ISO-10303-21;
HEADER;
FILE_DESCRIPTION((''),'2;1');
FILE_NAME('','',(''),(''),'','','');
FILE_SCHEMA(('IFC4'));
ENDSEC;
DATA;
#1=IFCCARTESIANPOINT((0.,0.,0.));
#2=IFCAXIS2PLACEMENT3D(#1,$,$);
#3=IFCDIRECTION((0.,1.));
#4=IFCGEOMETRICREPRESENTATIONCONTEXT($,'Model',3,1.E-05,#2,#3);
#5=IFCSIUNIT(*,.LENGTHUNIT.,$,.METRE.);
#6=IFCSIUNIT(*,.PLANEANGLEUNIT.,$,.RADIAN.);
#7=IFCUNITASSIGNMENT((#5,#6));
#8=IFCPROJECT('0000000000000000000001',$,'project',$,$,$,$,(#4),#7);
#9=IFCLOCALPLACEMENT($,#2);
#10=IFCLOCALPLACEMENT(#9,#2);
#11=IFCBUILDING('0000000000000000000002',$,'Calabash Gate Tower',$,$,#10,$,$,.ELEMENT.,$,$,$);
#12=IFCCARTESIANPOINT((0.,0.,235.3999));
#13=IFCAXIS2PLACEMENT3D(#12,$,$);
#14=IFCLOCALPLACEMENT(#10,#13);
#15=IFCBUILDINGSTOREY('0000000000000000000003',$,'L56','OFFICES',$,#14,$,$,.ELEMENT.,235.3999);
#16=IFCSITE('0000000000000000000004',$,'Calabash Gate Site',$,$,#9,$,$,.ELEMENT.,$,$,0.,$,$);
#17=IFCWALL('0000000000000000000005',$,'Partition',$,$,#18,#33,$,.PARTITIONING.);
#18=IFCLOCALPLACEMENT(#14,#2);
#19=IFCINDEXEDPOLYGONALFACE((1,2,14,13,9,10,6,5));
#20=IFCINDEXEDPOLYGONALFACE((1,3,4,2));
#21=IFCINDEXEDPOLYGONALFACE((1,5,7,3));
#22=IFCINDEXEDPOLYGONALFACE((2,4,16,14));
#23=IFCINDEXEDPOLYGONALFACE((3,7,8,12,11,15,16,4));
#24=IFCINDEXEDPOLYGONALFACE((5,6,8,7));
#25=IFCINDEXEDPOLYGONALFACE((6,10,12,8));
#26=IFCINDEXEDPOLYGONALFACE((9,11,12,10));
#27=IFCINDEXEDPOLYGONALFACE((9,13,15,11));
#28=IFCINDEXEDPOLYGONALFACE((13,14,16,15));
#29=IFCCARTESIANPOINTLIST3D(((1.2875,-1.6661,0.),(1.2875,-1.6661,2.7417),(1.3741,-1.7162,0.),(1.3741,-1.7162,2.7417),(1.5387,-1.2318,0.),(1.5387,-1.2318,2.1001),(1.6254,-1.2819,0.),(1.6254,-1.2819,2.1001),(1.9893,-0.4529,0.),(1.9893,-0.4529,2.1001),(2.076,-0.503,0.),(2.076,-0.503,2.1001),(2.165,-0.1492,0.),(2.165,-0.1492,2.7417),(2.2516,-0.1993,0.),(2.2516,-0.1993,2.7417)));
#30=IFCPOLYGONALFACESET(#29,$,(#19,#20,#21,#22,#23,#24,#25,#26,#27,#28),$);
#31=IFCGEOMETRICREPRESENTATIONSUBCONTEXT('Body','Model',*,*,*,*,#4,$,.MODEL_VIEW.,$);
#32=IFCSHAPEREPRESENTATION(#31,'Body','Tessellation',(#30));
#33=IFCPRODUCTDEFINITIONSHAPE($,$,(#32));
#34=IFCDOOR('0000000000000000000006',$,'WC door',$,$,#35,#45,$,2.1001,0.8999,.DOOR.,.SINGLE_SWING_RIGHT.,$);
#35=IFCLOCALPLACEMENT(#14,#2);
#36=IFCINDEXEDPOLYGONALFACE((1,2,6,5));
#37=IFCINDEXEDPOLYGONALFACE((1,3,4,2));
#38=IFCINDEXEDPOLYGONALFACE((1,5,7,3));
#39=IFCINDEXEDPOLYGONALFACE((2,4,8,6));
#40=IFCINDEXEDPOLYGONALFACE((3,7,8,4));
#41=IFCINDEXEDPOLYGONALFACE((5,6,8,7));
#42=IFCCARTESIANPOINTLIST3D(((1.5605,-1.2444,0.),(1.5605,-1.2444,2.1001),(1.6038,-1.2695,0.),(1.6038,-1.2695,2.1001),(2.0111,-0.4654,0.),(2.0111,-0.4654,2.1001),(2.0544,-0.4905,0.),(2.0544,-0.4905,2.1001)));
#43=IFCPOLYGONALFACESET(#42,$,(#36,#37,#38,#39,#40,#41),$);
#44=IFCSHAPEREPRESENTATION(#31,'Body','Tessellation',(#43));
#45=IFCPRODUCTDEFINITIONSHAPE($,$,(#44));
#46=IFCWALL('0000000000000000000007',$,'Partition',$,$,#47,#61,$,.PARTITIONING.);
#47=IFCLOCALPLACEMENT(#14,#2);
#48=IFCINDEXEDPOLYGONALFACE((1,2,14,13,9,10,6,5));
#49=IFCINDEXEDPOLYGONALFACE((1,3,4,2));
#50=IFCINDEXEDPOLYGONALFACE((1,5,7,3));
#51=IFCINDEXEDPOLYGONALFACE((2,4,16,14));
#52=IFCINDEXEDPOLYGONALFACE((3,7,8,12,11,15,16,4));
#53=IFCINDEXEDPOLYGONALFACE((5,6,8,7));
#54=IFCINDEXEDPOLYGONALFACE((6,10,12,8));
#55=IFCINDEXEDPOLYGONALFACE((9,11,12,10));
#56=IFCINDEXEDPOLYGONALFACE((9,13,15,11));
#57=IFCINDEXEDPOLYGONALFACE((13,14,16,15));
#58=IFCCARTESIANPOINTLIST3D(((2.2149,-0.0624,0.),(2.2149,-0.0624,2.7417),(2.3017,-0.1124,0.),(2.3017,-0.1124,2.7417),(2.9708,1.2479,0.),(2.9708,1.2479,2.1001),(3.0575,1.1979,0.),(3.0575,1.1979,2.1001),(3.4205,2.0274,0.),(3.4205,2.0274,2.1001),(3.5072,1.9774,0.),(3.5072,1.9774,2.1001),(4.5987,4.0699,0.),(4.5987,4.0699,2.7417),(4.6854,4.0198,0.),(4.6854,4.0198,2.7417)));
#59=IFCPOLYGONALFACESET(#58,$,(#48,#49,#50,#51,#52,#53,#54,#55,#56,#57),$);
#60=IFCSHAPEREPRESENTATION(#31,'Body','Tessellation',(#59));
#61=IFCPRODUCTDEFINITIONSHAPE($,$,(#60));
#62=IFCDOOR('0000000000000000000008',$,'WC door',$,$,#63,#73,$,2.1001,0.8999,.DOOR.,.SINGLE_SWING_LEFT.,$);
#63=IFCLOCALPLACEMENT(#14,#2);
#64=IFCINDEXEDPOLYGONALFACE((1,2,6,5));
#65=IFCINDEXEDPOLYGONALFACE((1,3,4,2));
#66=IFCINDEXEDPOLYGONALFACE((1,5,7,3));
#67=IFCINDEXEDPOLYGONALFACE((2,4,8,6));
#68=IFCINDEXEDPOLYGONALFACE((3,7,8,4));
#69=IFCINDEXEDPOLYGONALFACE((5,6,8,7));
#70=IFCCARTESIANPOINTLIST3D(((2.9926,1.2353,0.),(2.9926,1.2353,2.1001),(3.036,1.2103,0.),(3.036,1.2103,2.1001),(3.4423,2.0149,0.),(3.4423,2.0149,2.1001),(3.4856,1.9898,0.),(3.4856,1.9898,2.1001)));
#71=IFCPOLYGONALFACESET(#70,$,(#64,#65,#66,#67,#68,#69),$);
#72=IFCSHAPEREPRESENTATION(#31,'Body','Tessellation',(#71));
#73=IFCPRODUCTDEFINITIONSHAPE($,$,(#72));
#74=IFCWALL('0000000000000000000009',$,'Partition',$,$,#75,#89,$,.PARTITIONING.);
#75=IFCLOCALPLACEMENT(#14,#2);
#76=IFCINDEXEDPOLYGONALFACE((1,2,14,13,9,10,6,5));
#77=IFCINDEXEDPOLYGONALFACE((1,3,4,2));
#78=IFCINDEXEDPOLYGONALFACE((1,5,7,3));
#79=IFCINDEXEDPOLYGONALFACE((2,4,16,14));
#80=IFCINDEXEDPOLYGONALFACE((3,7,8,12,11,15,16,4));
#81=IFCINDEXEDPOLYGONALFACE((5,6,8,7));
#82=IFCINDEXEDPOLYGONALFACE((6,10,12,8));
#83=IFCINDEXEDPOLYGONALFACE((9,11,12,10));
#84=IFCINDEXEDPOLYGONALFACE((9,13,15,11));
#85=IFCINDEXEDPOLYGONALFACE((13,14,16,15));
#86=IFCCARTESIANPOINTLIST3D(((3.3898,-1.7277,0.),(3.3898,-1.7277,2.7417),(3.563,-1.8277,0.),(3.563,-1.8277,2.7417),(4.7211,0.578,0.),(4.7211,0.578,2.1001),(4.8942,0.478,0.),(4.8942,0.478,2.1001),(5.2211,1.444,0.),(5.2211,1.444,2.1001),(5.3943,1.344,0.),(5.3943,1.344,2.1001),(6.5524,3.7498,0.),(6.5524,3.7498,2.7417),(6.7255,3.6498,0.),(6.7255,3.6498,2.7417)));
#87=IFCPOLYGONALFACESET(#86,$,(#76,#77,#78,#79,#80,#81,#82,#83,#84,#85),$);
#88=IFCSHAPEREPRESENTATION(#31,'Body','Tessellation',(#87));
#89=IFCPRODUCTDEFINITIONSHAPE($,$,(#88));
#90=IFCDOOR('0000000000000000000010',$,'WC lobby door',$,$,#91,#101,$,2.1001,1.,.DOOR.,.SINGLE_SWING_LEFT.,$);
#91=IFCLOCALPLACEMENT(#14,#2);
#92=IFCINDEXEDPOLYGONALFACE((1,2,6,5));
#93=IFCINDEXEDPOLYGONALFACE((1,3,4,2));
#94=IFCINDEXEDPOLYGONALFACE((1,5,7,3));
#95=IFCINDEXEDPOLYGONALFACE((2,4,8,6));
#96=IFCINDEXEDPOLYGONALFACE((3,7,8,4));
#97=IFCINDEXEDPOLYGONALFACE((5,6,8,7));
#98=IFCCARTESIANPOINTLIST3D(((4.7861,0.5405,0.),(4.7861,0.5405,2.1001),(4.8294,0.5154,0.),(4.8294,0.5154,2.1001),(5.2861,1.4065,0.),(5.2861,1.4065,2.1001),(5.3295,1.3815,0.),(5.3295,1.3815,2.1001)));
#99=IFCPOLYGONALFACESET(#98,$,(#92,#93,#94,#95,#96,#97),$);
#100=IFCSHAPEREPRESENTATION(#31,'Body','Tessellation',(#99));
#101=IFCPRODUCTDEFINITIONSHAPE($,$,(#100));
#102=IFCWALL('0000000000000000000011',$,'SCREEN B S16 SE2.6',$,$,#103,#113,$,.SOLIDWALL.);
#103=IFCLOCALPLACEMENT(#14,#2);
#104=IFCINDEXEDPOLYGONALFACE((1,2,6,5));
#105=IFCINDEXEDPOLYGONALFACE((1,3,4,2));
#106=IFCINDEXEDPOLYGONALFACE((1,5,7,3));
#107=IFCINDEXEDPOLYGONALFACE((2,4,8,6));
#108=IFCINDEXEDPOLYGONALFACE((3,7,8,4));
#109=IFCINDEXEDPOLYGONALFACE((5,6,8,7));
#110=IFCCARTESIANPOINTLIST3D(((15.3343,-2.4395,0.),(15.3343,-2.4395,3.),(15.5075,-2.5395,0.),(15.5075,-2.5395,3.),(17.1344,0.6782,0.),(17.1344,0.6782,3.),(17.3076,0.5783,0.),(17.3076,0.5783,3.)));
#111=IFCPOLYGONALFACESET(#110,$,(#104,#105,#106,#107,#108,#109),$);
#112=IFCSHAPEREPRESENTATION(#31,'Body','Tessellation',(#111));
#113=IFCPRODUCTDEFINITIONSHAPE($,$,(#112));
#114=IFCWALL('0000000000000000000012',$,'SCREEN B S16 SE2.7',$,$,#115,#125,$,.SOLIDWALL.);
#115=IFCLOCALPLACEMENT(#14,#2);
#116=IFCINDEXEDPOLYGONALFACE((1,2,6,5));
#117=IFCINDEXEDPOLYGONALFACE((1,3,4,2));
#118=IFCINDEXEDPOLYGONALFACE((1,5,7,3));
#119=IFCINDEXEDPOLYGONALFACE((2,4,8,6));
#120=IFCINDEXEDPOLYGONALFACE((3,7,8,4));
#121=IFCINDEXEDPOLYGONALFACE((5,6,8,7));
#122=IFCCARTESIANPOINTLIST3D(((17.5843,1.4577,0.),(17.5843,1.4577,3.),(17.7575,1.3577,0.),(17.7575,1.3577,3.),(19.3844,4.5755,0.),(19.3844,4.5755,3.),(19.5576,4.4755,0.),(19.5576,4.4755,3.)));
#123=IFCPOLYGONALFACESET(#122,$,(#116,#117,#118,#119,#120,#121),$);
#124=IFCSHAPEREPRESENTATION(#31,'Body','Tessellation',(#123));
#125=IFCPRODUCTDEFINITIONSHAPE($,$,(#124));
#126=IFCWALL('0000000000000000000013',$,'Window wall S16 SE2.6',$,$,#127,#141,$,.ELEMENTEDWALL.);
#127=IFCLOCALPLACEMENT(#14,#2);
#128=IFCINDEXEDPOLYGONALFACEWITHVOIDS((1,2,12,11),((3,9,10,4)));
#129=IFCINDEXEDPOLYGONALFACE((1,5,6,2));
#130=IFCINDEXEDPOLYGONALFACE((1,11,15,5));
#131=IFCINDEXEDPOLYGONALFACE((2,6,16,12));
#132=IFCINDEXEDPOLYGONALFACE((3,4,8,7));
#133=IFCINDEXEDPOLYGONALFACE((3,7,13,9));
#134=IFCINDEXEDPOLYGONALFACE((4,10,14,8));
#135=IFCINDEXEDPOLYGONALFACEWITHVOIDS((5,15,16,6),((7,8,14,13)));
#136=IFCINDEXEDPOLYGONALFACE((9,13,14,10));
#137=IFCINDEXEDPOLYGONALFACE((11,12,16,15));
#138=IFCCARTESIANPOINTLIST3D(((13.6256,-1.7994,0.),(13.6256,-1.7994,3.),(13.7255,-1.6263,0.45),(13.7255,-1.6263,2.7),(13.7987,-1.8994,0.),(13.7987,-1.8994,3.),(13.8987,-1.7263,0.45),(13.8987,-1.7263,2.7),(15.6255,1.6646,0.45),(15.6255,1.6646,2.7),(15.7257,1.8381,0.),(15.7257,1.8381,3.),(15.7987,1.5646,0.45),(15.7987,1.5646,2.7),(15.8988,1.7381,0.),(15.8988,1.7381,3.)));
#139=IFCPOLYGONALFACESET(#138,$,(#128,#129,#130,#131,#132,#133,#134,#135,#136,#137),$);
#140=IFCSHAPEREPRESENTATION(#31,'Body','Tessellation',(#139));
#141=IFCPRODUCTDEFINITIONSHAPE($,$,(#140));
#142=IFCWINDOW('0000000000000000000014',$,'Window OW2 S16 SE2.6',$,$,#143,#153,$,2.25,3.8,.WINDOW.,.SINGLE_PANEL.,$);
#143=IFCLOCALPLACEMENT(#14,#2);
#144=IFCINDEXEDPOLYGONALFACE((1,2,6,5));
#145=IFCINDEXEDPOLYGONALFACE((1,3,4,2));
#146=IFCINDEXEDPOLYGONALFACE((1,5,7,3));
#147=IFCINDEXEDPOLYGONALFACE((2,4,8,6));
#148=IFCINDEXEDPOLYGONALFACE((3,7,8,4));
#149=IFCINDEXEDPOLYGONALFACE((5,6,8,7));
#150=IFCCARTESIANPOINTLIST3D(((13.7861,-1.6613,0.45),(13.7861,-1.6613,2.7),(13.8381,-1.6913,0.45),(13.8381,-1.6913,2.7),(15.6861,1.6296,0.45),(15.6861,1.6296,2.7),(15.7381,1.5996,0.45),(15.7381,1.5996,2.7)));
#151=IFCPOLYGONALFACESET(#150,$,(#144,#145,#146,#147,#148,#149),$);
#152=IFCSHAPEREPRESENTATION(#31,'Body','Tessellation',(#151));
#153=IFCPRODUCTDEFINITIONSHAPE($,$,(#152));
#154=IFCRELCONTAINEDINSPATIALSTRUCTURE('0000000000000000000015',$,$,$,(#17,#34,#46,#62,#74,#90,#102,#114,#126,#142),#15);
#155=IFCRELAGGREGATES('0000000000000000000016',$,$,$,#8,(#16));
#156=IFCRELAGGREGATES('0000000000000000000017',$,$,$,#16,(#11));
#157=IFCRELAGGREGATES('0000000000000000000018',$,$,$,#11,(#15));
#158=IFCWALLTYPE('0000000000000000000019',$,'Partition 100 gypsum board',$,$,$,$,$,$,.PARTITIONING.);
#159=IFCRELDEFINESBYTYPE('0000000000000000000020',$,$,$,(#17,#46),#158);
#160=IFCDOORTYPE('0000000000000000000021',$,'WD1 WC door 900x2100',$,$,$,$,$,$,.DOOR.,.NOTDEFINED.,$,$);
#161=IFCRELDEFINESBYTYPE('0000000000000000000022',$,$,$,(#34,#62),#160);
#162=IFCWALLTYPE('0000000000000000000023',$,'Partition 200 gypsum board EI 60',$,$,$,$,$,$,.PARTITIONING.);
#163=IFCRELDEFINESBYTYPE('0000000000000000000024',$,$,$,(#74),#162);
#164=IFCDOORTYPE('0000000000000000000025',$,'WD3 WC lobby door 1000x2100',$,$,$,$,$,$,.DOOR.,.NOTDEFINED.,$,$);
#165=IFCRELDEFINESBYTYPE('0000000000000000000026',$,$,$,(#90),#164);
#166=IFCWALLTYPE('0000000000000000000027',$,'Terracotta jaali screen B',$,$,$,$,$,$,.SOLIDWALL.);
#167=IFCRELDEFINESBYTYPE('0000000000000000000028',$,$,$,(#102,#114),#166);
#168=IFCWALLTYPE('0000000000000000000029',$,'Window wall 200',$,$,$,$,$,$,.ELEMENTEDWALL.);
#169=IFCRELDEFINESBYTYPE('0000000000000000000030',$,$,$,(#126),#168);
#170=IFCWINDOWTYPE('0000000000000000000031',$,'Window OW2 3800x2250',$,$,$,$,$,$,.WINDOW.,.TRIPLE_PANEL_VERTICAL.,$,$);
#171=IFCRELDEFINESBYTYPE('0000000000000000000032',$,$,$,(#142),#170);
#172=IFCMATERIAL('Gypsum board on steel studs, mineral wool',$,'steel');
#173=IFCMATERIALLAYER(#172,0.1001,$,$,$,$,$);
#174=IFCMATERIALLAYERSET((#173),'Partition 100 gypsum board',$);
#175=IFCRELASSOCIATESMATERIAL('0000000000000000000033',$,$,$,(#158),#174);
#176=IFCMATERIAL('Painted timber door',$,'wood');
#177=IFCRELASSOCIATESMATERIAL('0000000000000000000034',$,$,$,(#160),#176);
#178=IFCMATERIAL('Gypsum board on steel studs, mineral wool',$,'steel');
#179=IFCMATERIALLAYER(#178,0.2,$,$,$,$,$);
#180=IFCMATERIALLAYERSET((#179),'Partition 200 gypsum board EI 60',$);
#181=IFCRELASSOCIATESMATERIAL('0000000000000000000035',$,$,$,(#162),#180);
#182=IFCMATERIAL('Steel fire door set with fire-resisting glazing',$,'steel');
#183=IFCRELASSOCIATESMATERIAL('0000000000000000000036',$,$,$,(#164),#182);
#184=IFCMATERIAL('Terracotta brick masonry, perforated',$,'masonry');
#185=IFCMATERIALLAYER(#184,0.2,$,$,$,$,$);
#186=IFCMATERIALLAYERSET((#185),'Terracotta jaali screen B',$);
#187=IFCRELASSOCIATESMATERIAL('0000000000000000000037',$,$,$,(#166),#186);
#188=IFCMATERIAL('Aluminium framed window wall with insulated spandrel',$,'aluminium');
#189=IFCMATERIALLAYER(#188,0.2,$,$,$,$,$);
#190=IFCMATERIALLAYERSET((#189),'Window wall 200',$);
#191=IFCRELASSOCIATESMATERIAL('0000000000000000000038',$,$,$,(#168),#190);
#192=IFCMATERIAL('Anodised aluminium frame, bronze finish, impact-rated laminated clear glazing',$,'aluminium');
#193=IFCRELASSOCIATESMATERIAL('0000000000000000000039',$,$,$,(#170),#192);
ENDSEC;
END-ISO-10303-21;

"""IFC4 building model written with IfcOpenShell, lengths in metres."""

from ifc_helpers import new_model, si_unit, direction, frame, frame_2d, origin, place, context, subcontext, project, spatial, rectangle, extrude, material, layer, layer_set, type_object, element, fill, save


model = new_model("IFC4")

# Units and contexts
model_context = context("Model", 3, precision=1e-05, world=origin(), true_north=direction((0.0, 1.0)))
body_context = subcontext(model_context, "Body", "Model", "MODEL_VIEW")
ifc_project = project(units=[si_unit("LENGTHUNIT", "METRE"), si_unit("PLANEANGLEUNIT", "RADIAN")], contexts=[model_context])

# Site, building, storey
site_placement = place(None, origin())
site = spatial("IfcSite", under=ifc_project, at=site_placement, Name="Calabash Gate Site", CompositionType="ELEMENT", RefElevation=0.0)
building_placement = place(site_placement, origin())
building = spatial("IfcBuilding", under=site, at=building_placement, Name="Calabash Gate Tower", CompositionType="ELEMENT")
storey_placement = place(building_placement, frame((0.0, 0.0, 235.3999)))
storey = spatial("IfcBuildingStorey", under=building, at=storey_placement, Name="L56", Description="OFFICES", CompositionType="ELEMENT", Elevation=235.3999)

# Walls, openings, doors
ifc_material_1 = material(Name="Gypsum board on steel studs, mineral wool", Category="steel")
ifc_layer_1 = layer(ifc_material_1, 0.1001)
ifc_layer_set_1 = layer_set([ifc_layer_1], Name="Partition 100 gypsum board")
wall_type_1 = type_object("IfcWallType", Name="Partition 100 gypsum board", PredefinedType="PARTITIONING", material=ifc_layer_set_1)
wall_1_placement = place(storey_placement, frame((1.3308, -1.6912, 0.0), z_axis=(0.0, 0.0, 1.0), x_axis=(0.500723, 0.865607, 0.0)))
wall_1 = element("IfcWall", 1, at=wall_1_placement, inside=storey, type_object=wall_type_1, Name="Partition", PredefinedType="PARTITIONING", context=body_context, shape_type="SweptSolid", body=[
    extrude(rectangle(XDim=1.7524, YDim=0.1001, at=frame_2d((0.8762, 0.0))), origin(), (0.0, 0.0, 1.0), 2.7417),
])
opening_1_placement = place(wall_1_placement, frame((0.5017, 0.0, 0.0)))
opening_1 = element("IfcOpeningElement", 2, at=opening_1_placement, cuts=wall_1, PredefinedType="OPENING", context=body_context, shape_type="SweptSolid", body=[
    extrude(rectangle(XDim=0.8999, YDim=2.1001, at=frame_2d((0.45, 1.05))), frame((0.0, 0.0601, 0.0), z_axis=(0.0, -1.0, 0.0), x_axis=(1.0, 0.0, 0.0)), (0.0, 0.0, 1.0), 0.1201),
])
ifc_material_2 = material(Name="Painted timber door", Category="wood")
door_type_1 = type_object("IfcDoorType", Name="WD1 WC door 900x2100", OperationType="NOTDEFINED", PredefinedType="DOOR", material=ifc_material_2)
door_1_placement = place(opening_1_placement, origin())
door_1 = element("IfcDoor", 3, at=door_1_placement, inside=storey, type_object=door_type_1, Name="WC door", OperationType="SINGLE_SWING_RIGHT", OverallHeight=2.1001, OverallWidth=0.8999, PredefinedType="DOOR", context=body_context, shape_type="SweptSolid", body=[
    extrude(rectangle(XDim=0.8999, YDim=2.1001, at=frame_2d((0.45, 1.05))), frame((0.0, 0.0249, 0.0), z_axis=(0.0, -1.0, 0.0), x_axis=(1.0, 0.0, 0.0)), (0.0, 0.0, 1.0), 0.05),
])
fill(opening_1, door_1)
wall_2_placement = place(storey_placement, frame((2.2583, -0.0874, 0.0), z_axis=(0.0, 0.0, 1.0), x_axis=(0.499684, 0.866208, 0.0)))
wall_2 = element("IfcWall", 4, at=wall_2_placement, inside=storey, type_object=wall_type_1, Name="Partition", PredefinedType="PARTITIONING", context=body_context, shape_type="SweptSolid", body=[
    extrude(rectangle(XDim=4.7705, YDim=0.1001, at=frame_2d((2.3853, 0.0))), origin(), (0.0, 0.0, 1.0), 2.7417),
])
opening_2_placement = place(wall_2_placement, frame((1.5127, 0.0, 0.0)))
opening_2 = element("IfcOpeningElement", 5, at=opening_2_placement, cuts=wall_2, PredefinedType="OPENING", context=body_context, shape_type="SweptSolid", body=[
    extrude(rectangle(XDim=0.8999, YDim=2.1001, at=frame_2d((0.45, 1.05))), frame((0.0, 0.0601, 0.0), z_axis=(0.0, -1.0, 0.0), x_axis=(1.0, 0.0, 0.0)), (0.0, 0.0, 1.0), 0.1201),
])
door_2_placement = place(opening_2_placement, origin())
door_2 = element("IfcDoor", 6, at=door_2_placement, inside=storey, type_object=door_type_1, Name="WC door", OperationType="SINGLE_SWING_LEFT", OverallHeight=2.1001, OverallWidth=0.8999, PredefinedType="DOOR", context=body_context, shape_type="SweptSolid", body=[
    extrude(rectangle(XDim=0.8999, YDim=2.1001, at=frame_2d((0.45, 1.05))), frame((0.0, 0.0249, 0.0), z_axis=(0.0, -1.0, 0.0), x_axis=(1.0, 0.0, 0.0)), (0.0, 0.0, 1.0), 0.05),
])
fill(opening_2, door_2)
ifc_material_3 = material(Name="Gypsum board on steel studs, mineral wool", Category="steel")
ifc_layer_2 = layer(ifc_material_3, 0.2)
ifc_layer_set_2 = layer_set([ifc_layer_2], Name="Partition 200 gypsum board EI 60")
wall_type_2 = type_object("IfcWallType", Name="Partition 200 gypsum board EI 60", PredefinedType="PARTITIONING", material=ifc_layer_set_2)
wall_3_placement = place(storey_placement, frame((3.4763, -1.7778, 0.0), z_axis=(0.0, 0.0, 1.0), x_axis=(0.500016, 0.866016, 0.0)))
wall_3 = element("IfcWall", 7, at=wall_3_placement, inside=storey, type_object=wall_type_2, Name="Partition", PredefinedType="PARTITIONING", context=body_context, shape_type="SweptSolid", body=[
    extrude(rectangle(XDim=6.325, YDim=0.2, at=frame_2d((3.1626, 0.0))), origin(), (0.0, 0.0, 1.0), 2.7417),
])
opening_3_placement = place(wall_3_placement, frame((2.6626, 0.0, 0.0)))
opening_3 = element("IfcOpeningElement", 8, at=opening_3_placement, cuts=wall_3, PredefinedType="OPENING", context=body_context, shape_type="SweptSolid", body=[
    extrude(rectangle(XDim=1.0, YDim=2.1001, at=frame_2d((0.5, 1.05))), frame((0.0, 0.1099, 0.0), z_axis=(0.0, -1.0, 0.0), x_axis=(1.0, 0.0, 0.0)), (0.0, 0.0, 1.0), 0.22),
])
ifc_material_4 = material(Name="Steel fire door set with fire-resisting glazing", Category="steel")
door_type_2 = type_object("IfcDoorType", Name="WD3 WC lobby door 1000x2100", OperationType="NOTDEFINED", PredefinedType="DOOR", material=ifc_material_4)
door_3_placement = place(opening_3_placement, origin())
door_3 = element("IfcDoor", 9, at=door_3_placement, inside=storey, type_object=door_type_2, Name="WC lobby door", OperationType="SINGLE_SWING_LEFT", OverallHeight=2.1001, OverallWidth=1.0, PredefinedType="DOOR", context=body_context, shape_type="SweptSolid", body=[
    extrude(rectangle(XDim=1.0, YDim=2.1001, at=frame_2d((0.5, 1.05))), frame((0.0, 0.0249, 0.0), z_axis=(0.0, -1.0, 0.0), x_axis=(1.0, 0.0, 0.0)), (0.0, 0.0, 1.0), 0.05),
])
fill(opening_3, door_3)

# Walls
ifc_material_5 = material(Name="Terracotta brick masonry, perforated", Category="masonry")
ifc_layer_3 = layer(ifc_material_5, 0.2)
ifc_layer_set_3 = layer_set([ifc_layer_3], Name="Terracotta jaali screen B")
wall_type_3 = type_object("IfcWallType", Name="Terracotta jaali screen B", PredefinedType="SOLIDWALL", material=ifc_layer_set_3)
for number, where, z_axis, x_axis, name in (
    (10, (15.4209, -2.4895, 0.0), (0.0, 0.0, 1.0), (0.500012, 0.866018, 0.0), "SCREEN B S16 SE2.6"),
    (11, (17.6709, 1.4077, 0.0), (0.0, 0.0, 1.0), (0.500012, 0.866018, 0.0), "SCREEN B S16 SE2.7"),
):
    element("IfcWall", number, at=place(storey_placement, frame(where, z_axis=z_axis, x_axis=x_axis)), inside=storey, type_object=wall_type_3, Name=name, PredefinedType="SOLIDWALL", context=body_context, shape_type="SweptSolid", body=[
        extrude(rectangle(XDim=3.6001, YDim=0.2, at=frame_2d((1.8, 0.0))), origin(), (0.0, 0.0, 1.0), 3.0),
    ])

# Wall, opening, window
ifc_material_6 = material(Name="Aluminium framed window wall with insulated spandrel", Category="aluminium")
ifc_layer_4 = layer(ifc_material_6, 0.2)
ifc_layer_set_4 = layer_set([ifc_layer_4], Name="Window wall 200")
wall_type_4 = type_object("IfcWallType", Name="Window wall 200", PredefinedType="ELEMENTEDWALL", material=ifc_layer_set_4)
wall_4_placement = place(storey_placement, frame((13.7122, -1.8494, 0.0), z_axis=(0.0, 0.0, 1.0), x_axis=(0.500003, 0.866024, 0.0)))
wall_4 = element("IfcWall", 12, at=wall_4_placement, inside=storey, type_object=wall_type_4, Name="Window wall S16 SE2.6", PredefinedType="ELEMENTEDWALL", context=body_context, shape_type="SweptSolid", body=[
    extrude(rectangle(XDim=4.2002, YDim=0.2, at=frame_2d((2.1001, 0.0))), origin(), (0.0, 0.0, 1.0), 3.0),
])
opening_4_placement = place(wall_4_placement, frame((0.2, 0.0, 0.45)))
opening_4 = element("IfcOpeningElement", 13, at=opening_4_placement, cuts=wall_4, PredefinedType="OPENING", context=body_context, shape_type="SweptSolid", body=[
    extrude(rectangle(XDim=3.8, YDim=2.25, at=frame_2d((1.8999, 1.125))), frame((0.0, 0.1099, 0.0), z_axis=(0.0, -1.0, 0.0), x_axis=(1.0, 0.0, 0.0)), (0.0, 0.0, 1.0), 0.22),
])
ifc_material_7 = material(Name="Anodised aluminium frame, bronze finish, impact-rated laminated clear glazing", Category="aluminium")
window_type = type_object("IfcWindowType", Name="Window OW2 3800x2250", PartitioningType="TRIPLE_PANEL_VERTICAL", PredefinedType="WINDOW", material=ifc_material_7)
window_placement = place(opening_4_placement, origin())
window = element("IfcWindow", 14, at=window_placement, inside=storey, type_object=window_type, Name="Window OW2 S16 SE2.6", OverallHeight=2.25, OverallWidth=3.8, PartitioningType="SINGLE_PANEL", PredefinedType="WINDOW", context=body_context, shape_type="SweptSolid", body=[
    extrude(rectangle(XDim=3.8, YDim=2.25, at=frame_2d((1.8999, 1.125))), frame((0.0, 0.03, 0.0), z_axis=(0.0, -1.0, 0.0), x_axis=(1.0, 0.0, 0.0)), (0.0, 0.0, 1.0), 0.0601),
])
fill(opening_4, window)

save(model, "model.ifc")
